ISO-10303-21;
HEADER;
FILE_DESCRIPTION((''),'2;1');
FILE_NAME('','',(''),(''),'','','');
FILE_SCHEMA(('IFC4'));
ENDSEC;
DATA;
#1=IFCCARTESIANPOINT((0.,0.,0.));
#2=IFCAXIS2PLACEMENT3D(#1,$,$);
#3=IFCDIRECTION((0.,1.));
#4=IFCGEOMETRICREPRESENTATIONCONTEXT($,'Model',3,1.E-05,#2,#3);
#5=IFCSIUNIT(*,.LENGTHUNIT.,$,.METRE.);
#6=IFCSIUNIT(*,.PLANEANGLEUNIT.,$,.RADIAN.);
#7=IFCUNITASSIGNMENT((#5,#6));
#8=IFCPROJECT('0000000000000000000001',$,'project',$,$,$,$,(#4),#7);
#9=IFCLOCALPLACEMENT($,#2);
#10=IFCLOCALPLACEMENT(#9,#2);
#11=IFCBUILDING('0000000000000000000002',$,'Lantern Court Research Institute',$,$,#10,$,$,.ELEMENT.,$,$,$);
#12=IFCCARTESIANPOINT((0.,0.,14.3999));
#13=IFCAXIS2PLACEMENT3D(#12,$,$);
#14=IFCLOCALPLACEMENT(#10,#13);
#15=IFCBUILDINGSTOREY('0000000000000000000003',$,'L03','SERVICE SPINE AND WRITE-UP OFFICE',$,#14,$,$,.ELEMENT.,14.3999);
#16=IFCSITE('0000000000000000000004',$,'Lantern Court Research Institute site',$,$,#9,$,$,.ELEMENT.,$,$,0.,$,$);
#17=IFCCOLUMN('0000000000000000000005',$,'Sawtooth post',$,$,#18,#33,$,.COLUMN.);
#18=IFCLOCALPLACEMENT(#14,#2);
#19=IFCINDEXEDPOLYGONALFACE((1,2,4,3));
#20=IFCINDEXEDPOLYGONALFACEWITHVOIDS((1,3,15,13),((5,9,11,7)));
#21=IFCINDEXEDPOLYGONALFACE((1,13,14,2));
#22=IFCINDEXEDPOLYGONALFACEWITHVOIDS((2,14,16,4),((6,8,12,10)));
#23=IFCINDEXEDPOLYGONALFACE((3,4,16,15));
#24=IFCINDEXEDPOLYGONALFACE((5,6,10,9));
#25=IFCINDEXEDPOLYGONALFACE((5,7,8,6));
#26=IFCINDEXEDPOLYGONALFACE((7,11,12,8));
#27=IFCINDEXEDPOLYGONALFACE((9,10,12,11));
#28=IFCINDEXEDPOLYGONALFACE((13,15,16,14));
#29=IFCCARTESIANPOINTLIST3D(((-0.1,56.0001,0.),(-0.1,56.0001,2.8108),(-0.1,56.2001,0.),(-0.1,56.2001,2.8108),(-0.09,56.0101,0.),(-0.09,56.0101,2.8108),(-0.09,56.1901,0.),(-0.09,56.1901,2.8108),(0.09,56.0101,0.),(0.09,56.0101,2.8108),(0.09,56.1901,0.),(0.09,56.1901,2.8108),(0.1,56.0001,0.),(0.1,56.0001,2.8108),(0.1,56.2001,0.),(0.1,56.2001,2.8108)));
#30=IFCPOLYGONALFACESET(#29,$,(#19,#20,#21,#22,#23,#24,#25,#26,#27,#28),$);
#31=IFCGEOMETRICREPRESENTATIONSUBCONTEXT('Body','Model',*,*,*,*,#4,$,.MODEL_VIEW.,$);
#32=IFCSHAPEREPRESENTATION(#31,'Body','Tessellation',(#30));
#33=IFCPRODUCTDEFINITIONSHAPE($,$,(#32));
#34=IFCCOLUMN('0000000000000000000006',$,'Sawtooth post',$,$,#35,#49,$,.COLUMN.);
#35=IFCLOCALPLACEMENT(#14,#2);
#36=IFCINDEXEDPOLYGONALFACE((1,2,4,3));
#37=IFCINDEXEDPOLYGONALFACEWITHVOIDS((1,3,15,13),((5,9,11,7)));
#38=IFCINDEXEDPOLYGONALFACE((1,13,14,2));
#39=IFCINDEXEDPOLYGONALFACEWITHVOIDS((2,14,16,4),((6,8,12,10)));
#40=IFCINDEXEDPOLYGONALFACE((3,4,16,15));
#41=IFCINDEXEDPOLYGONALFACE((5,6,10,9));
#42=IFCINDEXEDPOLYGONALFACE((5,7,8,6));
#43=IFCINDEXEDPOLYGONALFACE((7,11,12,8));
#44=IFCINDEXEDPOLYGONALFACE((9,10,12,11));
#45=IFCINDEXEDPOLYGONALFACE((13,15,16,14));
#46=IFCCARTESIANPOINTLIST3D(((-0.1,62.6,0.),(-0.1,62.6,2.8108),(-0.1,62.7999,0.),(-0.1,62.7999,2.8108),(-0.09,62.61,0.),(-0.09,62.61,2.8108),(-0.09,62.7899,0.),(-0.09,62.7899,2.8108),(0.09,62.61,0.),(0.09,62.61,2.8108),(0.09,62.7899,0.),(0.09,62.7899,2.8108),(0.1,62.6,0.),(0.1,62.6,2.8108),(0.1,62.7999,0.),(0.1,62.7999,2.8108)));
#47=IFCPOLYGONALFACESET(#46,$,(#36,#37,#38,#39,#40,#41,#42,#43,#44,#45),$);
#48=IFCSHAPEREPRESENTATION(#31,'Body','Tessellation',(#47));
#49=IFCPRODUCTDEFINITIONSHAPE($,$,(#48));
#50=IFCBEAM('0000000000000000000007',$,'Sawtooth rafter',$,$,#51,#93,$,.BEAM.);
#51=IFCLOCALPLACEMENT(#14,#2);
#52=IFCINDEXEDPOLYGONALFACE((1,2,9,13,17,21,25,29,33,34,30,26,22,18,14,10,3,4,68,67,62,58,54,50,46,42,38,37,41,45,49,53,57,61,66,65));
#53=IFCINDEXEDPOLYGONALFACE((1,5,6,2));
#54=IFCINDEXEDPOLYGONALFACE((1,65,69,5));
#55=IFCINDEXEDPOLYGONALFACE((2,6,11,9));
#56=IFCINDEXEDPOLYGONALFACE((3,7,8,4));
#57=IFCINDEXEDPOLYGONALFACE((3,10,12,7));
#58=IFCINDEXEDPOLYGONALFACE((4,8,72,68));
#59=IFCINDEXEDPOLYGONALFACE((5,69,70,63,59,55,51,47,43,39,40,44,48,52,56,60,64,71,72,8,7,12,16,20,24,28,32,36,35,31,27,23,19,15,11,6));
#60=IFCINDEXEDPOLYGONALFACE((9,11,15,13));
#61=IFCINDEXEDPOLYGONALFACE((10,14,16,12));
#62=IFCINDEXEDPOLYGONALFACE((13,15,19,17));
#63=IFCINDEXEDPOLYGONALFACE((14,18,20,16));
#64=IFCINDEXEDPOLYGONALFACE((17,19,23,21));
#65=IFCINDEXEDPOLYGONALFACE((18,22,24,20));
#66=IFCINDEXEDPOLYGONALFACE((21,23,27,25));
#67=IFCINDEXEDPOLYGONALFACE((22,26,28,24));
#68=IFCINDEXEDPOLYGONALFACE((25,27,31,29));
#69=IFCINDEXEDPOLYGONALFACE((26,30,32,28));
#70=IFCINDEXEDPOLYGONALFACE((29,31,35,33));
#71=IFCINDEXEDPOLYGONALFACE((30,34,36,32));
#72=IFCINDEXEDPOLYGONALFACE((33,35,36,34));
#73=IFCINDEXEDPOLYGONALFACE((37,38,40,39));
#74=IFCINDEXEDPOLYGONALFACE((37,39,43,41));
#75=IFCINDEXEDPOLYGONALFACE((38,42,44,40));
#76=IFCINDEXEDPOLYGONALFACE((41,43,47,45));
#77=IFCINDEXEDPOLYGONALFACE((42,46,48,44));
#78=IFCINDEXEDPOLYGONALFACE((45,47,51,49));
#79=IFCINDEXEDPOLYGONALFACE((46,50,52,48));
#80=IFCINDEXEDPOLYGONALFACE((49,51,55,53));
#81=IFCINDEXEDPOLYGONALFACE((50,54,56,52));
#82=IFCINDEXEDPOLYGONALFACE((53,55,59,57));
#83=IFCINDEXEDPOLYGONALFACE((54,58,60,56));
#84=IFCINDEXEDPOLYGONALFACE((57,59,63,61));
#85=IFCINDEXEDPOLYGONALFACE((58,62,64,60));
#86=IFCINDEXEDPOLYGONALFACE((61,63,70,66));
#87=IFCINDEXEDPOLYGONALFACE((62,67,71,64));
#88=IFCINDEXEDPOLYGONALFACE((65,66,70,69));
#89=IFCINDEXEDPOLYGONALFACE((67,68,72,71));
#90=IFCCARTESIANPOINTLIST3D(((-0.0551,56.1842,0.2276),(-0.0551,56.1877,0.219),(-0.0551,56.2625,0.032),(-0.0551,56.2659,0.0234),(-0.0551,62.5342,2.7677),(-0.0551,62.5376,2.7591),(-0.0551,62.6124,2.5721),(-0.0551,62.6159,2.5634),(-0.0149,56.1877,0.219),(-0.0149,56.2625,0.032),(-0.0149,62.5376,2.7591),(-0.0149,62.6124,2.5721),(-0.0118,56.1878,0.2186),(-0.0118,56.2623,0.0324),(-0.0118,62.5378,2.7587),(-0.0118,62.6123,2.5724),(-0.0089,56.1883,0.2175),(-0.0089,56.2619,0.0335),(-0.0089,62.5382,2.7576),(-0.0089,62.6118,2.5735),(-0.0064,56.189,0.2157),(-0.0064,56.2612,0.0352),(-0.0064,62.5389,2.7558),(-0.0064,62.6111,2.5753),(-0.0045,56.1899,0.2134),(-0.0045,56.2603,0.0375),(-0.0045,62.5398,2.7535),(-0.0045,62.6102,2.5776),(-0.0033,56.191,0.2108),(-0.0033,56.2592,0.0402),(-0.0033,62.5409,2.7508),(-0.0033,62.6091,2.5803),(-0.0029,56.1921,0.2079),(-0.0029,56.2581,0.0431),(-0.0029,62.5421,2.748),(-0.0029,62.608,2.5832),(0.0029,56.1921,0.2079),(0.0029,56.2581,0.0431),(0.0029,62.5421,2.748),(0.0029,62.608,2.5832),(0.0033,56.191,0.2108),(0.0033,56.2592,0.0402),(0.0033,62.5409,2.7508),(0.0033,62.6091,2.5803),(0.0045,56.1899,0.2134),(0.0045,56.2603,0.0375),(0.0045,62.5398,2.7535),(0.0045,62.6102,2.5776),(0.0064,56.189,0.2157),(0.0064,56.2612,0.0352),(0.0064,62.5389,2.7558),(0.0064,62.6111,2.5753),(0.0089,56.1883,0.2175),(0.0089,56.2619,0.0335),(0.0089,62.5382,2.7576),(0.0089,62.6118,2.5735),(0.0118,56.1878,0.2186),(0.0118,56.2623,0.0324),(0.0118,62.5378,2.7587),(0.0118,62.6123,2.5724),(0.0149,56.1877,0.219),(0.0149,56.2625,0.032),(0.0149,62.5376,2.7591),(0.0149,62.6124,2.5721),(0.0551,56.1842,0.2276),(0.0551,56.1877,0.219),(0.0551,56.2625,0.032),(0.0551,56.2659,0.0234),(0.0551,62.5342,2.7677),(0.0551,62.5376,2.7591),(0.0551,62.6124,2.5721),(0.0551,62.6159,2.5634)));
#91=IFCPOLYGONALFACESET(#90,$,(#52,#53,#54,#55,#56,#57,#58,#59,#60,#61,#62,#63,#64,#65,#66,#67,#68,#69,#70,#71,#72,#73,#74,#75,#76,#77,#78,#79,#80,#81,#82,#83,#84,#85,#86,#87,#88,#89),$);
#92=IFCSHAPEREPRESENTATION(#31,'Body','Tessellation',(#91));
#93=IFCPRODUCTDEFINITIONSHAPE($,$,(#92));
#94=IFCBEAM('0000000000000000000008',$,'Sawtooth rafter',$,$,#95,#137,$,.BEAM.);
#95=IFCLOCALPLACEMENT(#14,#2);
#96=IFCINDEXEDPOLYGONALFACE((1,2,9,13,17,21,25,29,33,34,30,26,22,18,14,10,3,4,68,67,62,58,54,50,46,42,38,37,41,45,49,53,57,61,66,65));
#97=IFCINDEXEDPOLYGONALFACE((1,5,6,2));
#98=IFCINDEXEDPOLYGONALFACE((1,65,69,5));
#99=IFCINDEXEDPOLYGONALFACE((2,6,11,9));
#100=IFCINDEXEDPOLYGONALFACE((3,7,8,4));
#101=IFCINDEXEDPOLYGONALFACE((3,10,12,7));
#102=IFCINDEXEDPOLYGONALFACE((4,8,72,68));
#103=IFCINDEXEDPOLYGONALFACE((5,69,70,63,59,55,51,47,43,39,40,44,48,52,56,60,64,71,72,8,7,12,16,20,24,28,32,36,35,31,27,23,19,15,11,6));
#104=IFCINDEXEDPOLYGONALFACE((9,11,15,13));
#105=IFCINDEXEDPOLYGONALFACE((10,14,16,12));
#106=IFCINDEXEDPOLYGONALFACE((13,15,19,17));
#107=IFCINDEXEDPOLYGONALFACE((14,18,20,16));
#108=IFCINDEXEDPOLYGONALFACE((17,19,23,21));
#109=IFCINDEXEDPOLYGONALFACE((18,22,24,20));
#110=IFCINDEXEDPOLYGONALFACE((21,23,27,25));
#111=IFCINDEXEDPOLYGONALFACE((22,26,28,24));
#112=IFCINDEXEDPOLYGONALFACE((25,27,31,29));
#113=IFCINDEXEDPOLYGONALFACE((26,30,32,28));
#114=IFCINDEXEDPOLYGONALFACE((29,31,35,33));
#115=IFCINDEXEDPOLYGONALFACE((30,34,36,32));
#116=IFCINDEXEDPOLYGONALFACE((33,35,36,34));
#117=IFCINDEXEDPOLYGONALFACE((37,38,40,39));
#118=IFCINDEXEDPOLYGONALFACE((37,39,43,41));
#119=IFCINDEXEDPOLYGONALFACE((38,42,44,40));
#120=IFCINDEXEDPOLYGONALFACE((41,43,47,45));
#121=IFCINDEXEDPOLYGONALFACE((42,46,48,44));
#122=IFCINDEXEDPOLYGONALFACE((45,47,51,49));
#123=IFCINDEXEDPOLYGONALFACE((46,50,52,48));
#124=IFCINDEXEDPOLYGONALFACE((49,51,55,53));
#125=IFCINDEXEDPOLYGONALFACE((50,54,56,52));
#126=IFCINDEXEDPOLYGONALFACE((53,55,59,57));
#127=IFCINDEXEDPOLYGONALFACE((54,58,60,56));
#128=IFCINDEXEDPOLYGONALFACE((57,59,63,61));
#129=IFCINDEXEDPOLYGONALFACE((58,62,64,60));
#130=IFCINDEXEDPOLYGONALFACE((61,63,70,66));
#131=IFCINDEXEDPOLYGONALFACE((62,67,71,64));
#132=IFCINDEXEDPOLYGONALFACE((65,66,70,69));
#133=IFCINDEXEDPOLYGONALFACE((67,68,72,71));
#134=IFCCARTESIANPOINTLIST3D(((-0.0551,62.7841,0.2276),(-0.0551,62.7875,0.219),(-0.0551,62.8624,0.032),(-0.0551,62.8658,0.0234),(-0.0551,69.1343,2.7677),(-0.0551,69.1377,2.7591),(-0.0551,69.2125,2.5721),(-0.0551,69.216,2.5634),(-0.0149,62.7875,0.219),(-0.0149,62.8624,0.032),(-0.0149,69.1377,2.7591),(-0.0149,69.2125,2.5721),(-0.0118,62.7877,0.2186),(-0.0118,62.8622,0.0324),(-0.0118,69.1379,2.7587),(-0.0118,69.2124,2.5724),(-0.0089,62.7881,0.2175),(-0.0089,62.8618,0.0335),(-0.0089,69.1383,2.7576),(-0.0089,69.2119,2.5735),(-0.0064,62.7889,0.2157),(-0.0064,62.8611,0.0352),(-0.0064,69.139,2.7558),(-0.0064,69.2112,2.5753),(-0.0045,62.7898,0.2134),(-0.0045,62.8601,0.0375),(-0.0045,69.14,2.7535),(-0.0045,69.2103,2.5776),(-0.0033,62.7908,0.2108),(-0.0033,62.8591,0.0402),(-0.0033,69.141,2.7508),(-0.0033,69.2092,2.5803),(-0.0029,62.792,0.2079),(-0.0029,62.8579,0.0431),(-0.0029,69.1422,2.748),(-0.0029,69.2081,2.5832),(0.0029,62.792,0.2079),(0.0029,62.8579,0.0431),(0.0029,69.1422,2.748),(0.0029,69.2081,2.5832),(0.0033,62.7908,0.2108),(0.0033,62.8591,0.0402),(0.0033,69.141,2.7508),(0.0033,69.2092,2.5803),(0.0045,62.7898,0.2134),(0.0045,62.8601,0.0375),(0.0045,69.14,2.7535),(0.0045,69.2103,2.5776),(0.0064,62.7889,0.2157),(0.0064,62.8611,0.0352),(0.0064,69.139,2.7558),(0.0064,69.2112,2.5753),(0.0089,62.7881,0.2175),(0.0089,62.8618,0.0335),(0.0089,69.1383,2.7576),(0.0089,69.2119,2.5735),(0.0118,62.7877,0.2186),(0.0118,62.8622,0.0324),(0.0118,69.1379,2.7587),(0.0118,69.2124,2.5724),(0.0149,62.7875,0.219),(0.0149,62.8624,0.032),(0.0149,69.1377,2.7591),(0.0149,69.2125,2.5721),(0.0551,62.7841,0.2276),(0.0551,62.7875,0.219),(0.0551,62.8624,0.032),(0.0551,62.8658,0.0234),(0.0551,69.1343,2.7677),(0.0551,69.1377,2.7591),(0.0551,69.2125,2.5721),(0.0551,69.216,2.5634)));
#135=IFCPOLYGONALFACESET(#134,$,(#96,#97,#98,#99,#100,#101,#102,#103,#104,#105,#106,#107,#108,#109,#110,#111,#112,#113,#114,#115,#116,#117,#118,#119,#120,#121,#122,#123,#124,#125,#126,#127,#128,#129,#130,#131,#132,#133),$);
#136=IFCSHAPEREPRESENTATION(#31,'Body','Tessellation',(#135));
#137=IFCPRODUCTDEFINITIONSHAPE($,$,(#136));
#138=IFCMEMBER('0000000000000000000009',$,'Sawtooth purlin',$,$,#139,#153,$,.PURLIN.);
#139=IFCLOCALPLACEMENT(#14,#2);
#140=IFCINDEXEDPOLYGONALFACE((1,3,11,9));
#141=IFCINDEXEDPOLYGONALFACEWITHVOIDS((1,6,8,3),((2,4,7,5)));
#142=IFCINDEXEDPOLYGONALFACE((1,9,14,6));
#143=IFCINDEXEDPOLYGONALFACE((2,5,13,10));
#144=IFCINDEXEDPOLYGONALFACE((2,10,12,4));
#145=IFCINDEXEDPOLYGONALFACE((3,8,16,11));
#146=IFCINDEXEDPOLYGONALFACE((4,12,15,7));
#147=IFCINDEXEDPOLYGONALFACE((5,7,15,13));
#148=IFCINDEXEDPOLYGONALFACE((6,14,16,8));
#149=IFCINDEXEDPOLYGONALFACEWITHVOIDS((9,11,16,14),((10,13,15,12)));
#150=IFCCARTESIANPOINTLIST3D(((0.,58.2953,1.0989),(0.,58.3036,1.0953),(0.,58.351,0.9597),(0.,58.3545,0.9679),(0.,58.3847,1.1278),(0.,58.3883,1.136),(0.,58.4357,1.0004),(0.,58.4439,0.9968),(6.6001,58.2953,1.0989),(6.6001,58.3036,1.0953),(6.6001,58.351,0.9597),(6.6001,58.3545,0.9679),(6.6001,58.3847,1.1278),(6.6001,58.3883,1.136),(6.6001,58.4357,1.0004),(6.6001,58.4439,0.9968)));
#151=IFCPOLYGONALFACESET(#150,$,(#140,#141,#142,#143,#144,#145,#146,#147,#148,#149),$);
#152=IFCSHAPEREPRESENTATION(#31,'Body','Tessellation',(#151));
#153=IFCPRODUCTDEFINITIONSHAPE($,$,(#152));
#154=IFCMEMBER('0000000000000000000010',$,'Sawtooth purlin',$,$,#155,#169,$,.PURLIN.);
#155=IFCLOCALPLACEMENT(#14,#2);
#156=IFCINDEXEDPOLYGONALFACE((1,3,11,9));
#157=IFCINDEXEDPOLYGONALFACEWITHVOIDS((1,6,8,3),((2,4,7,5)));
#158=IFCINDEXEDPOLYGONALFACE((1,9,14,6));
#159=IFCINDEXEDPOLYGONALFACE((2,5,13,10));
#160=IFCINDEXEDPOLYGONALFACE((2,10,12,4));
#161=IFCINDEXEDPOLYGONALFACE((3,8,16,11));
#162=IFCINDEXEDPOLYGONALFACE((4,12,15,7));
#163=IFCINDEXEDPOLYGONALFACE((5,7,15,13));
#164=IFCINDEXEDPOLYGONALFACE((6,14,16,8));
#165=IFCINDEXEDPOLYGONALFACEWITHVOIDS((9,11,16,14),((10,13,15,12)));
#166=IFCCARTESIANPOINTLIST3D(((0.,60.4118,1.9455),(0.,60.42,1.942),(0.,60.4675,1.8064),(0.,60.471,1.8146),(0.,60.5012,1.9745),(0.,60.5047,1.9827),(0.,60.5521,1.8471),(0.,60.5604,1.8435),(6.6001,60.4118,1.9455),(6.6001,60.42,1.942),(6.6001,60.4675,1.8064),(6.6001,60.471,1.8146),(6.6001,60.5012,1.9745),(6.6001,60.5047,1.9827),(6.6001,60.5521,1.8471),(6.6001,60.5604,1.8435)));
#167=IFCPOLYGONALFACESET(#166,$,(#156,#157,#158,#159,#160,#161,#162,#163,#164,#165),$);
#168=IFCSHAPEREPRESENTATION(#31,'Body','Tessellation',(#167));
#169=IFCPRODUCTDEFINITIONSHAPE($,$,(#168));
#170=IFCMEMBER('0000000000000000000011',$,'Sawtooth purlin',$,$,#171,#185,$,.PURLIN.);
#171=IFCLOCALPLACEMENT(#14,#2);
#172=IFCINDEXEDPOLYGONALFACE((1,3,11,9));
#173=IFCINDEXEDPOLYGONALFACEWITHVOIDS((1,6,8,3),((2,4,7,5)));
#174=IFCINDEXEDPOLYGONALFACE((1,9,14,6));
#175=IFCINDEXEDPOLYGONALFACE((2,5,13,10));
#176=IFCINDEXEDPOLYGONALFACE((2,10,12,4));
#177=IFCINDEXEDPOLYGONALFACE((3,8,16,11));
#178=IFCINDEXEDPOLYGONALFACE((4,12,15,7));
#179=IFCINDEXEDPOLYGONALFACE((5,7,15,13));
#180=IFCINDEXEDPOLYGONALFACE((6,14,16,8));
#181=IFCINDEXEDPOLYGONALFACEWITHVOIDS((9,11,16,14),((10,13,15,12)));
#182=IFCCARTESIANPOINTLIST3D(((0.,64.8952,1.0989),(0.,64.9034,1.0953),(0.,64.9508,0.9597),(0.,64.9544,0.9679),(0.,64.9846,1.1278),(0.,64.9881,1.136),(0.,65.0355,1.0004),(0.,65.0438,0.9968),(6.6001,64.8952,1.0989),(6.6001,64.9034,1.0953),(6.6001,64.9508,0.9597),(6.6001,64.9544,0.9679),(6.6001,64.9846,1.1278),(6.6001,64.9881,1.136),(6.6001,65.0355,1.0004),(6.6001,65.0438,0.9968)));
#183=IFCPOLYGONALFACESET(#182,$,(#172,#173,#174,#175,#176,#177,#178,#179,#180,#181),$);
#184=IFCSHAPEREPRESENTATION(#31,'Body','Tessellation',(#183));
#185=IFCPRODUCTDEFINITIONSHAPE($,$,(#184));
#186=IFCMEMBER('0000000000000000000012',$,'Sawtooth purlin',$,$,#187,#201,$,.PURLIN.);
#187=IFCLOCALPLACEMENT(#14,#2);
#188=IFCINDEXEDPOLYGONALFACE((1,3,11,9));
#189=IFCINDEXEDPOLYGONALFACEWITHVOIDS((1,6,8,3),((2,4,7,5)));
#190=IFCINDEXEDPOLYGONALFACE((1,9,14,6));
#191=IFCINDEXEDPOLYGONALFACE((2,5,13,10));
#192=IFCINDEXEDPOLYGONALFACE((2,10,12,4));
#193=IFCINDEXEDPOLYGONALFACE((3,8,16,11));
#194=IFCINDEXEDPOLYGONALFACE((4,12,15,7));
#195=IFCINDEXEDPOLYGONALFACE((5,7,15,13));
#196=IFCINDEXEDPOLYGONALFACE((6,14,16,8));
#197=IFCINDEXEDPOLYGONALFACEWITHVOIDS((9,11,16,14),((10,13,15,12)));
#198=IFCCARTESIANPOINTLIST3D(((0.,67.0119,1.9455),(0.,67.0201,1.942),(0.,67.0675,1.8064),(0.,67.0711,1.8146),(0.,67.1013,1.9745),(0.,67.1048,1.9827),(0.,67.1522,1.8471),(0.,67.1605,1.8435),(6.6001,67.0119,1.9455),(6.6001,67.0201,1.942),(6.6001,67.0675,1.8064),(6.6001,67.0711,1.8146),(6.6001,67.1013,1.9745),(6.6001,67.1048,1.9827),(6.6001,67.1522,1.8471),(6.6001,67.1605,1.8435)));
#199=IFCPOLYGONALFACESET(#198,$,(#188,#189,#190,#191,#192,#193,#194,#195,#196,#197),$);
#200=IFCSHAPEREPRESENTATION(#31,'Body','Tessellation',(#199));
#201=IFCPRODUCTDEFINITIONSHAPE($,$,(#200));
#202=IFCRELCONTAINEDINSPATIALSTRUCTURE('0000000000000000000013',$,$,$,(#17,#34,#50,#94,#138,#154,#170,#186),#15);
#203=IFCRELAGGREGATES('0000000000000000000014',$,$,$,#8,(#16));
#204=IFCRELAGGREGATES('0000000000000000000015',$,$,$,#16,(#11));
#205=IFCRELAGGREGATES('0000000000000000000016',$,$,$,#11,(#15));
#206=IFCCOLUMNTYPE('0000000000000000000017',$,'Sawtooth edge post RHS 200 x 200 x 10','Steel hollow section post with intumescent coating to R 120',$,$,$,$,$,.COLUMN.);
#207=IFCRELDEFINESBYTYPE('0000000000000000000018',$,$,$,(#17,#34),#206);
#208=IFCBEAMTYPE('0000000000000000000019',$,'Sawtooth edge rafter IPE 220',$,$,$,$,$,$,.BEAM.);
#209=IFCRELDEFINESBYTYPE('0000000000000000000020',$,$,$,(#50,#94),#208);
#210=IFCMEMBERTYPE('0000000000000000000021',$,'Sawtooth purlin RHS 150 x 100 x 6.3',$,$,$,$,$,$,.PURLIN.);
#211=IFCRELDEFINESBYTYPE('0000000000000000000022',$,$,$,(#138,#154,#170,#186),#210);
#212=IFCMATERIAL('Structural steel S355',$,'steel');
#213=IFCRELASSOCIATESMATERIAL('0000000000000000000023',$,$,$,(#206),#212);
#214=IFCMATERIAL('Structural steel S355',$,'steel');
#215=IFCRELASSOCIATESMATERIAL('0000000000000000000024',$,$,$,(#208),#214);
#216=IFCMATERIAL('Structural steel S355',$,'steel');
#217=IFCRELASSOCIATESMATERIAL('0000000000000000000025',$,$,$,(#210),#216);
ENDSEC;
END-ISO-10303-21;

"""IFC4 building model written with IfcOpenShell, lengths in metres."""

from ifc_helpers import new_model, si_unit, direction, frame, origin, origin_2d, place, context, subcontext, project, spatial, hollow_rectangle, i_section, extrude, material, material_profile, profile_set, type_object, element, save


model = new_model("IFC4")

# Units and contexts
model_context = context("Model", 3, precision=1e-05, world=origin(), true_north=direction((0.0, 1.0)))
body_context = subcontext(model_context, "Body", "Model", "MODEL_VIEW")
ifc_project = project(units=[si_unit("LENGTHUNIT", "METRE"), si_unit("PLANEANGLEUNIT", "RADIAN")], contexts=[model_context])

# Site, building, storey
site_placement = place(None, origin())
site = spatial("IfcSite", under=ifc_project, at=site_placement, Name="Lantern Court Research Institute site", CompositionType="ELEMENT", RefElevation=0.0)
building_placement = place(site_placement, origin())
building = spatial("IfcBuilding", under=site, at=building_placement, Name="Lantern Court Research Institute", CompositionType="ELEMENT")
storey_placement = place(building_placement, frame((0.0, 0.0, 14.3999)))
storey = spatial("IfcBuildingStorey", under=building, at=storey_placement, Name="L03", Description="SERVICE SPINE AND WRITE-UP OFFICE", CompositionType="ELEMENT", Elevation=14.3999)

# Columns
ifc_material_1 = material(Name="Structural steel S355", Category="steel")
ifc_material_profile_1 = material_profile(ifc_material_1, hollow_rectangle(XDim=0.2, YDim=0.2, WallThickness=0.01, at=origin_2d()), Name="Sawtooth edge post RHS 200 x 200 x 10")
ifc_profile_set_1 = profile_set([ifc_material_profile_1], Name="Structural steel S355")
column_type = type_object("IfcColumnType", Name="Sawtooth edge post RHS 200 x 200 x 10", Description="Steel hollow section post with intumescent coating to R 120", PredefinedType="COLUMN", material=ifc_profile_set_1)
for number, where, z_axis, x_axis, name in (
    (1, (0.0, 56.1001, 0.0), (0.0, 0.0, 1.0), (1.0, 0.0, 0.0), "Sawtooth post"),
    (2, (0.0, 62.7, 0.0), (0.0, 0.0, 1.0), (1.0, 0.0, 0.0), "Sawtooth post"),
):
    element("IfcColumn", number, at=place(storey_placement, frame(where, z_axis=z_axis, x_axis=x_axis)), inside=storey, type_object=column_type, Name=name, PredefinedType="COLUMN", context=body_context, shape_type="SweptSolid", body=[
        extrude(hollow_rectangle(XDim=0.2, YDim=0.2, WallThickness=0.01, at=origin_2d()), origin(), (0.0, 0.0, 1.0), 2.8108),
    ])

# Beams
ifc_material_2 = material(Name="Structural steel S355", Category="steel")
ifc_material_profile_2 = material_profile(ifc_material_2, i_section(OverallWidth=0.1101, OverallDepth=0.22, WebThickness=0.0059, FlangeThickness=0.0093, FilletRadius=0.012, at=origin_2d()), Name="IPE 220")
ifc_profile_set_2 = profile_set([ifc_material_profile_2], Name="Structural steel S355")
beam_type = type_object("IfcBeamType", Name="Sawtooth edge rafter IPE 220", PredefinedType="BEAM", material=ifc_profile_set_2)
beam_1_placement = place(storey_placement, frame((0.0, 56.2251, 0.1255), z_axis=(0.0, 0.928472, 0.371403), x_axis=(-1.0, 0.0, 0.0)))
element("IfcBeam", 3, at=beam_1_placement, inside=storey, type_object=beam_type, Name="Sawtooth rafter", PredefinedType="BEAM", context=body_context, shape_type="SweptSolid", body=[
    extrude(i_section(OverallWidth=0.1101, OverallDepth=0.22, WebThickness=0.0059, FlangeThickness=0.0093, FilletRadius=0.012, at=origin_2d()), origin(), (0.0, 0.0, 1.0), 6.8391),
])
beam_2_placement = place(storey_placement, frame((0.0, 62.825, 0.1255), z_axis=(0.0, 0.928477, 0.371391), x_axis=(-1.0, 0.0, 0.0)))
element("IfcBeam", 4, at=beam_2_placement, inside=storey, type_object=beam_type, Name="Sawtooth rafter", PredefinedType="BEAM", context=body_context, shape_type="SweptSolid", body=[
    extrude(i_section(OverallWidth=0.1101, OverallDepth=0.22, WebThickness=0.0059, FlangeThickness=0.0093, FilletRadius=0.012, at=origin_2d()), origin(), (0.0, 0.0, 1.0), 6.8394),
])

# Members
ifc_material_3 = material(Name="Structural steel S355", Category="steel")
ifc_material_profile_3 = material_profile(ifc_material_3, hollow_rectangle(XDim=0.1001, YDim=0.1499, WallThickness=0.0063, at=origin_2d()), Name="Sawtooth purlin RHS 150 x 100 x 6.3")
ifc_profile_set_3 = profile_set([ifc_material_profile_3], Name="Structural steel S355")
member_type_1 = type_object("IfcMemberType", Name="Sawtooth purlin RHS 150 x 100 x 6.3", PredefinedType="PURLIN", material=ifc_profile_set_3)
for number, where, z_axis, x_axis, name in (
    (5, (0.0, 58.3696, 1.0479), (1.0, 0.0, 0.0), (0.0, 0.928477, 0.371391), "Sawtooth purlin"),
    (6, (0.0, 60.4861, 1.8945), (1.0, 0.0, 0.0), (0.0, 0.928477, 0.371391), "Sawtooth purlin"),
    (7, (0.0, 64.9695, 1.0479), (1.0, 0.0, 0.0), (0.0, 0.928477, 0.371391), "Sawtooth purlin"),
    (8, (0.0, 67.0862, 1.8945), (1.0, 0.0, 0.0), (0.0, 0.928477, 0.371391), "Sawtooth purlin"),
):
    element("IfcMember", number, at=place(storey_placement, frame(where, z_axis=z_axis, x_axis=x_axis)), inside=storey, type_object=member_type_1, Name=name, PredefinedType="PURLIN", context=body_context, shape_type="SweptSolid", body=[
        extrude(hollow_rectangle(XDim=0.1001, YDim=0.1499, WallThickness=0.0063, at=origin_2d()), origin(), (0.0, 0.0, 1.0), 6.6001),
    ])

save(model, "model.ifc")
